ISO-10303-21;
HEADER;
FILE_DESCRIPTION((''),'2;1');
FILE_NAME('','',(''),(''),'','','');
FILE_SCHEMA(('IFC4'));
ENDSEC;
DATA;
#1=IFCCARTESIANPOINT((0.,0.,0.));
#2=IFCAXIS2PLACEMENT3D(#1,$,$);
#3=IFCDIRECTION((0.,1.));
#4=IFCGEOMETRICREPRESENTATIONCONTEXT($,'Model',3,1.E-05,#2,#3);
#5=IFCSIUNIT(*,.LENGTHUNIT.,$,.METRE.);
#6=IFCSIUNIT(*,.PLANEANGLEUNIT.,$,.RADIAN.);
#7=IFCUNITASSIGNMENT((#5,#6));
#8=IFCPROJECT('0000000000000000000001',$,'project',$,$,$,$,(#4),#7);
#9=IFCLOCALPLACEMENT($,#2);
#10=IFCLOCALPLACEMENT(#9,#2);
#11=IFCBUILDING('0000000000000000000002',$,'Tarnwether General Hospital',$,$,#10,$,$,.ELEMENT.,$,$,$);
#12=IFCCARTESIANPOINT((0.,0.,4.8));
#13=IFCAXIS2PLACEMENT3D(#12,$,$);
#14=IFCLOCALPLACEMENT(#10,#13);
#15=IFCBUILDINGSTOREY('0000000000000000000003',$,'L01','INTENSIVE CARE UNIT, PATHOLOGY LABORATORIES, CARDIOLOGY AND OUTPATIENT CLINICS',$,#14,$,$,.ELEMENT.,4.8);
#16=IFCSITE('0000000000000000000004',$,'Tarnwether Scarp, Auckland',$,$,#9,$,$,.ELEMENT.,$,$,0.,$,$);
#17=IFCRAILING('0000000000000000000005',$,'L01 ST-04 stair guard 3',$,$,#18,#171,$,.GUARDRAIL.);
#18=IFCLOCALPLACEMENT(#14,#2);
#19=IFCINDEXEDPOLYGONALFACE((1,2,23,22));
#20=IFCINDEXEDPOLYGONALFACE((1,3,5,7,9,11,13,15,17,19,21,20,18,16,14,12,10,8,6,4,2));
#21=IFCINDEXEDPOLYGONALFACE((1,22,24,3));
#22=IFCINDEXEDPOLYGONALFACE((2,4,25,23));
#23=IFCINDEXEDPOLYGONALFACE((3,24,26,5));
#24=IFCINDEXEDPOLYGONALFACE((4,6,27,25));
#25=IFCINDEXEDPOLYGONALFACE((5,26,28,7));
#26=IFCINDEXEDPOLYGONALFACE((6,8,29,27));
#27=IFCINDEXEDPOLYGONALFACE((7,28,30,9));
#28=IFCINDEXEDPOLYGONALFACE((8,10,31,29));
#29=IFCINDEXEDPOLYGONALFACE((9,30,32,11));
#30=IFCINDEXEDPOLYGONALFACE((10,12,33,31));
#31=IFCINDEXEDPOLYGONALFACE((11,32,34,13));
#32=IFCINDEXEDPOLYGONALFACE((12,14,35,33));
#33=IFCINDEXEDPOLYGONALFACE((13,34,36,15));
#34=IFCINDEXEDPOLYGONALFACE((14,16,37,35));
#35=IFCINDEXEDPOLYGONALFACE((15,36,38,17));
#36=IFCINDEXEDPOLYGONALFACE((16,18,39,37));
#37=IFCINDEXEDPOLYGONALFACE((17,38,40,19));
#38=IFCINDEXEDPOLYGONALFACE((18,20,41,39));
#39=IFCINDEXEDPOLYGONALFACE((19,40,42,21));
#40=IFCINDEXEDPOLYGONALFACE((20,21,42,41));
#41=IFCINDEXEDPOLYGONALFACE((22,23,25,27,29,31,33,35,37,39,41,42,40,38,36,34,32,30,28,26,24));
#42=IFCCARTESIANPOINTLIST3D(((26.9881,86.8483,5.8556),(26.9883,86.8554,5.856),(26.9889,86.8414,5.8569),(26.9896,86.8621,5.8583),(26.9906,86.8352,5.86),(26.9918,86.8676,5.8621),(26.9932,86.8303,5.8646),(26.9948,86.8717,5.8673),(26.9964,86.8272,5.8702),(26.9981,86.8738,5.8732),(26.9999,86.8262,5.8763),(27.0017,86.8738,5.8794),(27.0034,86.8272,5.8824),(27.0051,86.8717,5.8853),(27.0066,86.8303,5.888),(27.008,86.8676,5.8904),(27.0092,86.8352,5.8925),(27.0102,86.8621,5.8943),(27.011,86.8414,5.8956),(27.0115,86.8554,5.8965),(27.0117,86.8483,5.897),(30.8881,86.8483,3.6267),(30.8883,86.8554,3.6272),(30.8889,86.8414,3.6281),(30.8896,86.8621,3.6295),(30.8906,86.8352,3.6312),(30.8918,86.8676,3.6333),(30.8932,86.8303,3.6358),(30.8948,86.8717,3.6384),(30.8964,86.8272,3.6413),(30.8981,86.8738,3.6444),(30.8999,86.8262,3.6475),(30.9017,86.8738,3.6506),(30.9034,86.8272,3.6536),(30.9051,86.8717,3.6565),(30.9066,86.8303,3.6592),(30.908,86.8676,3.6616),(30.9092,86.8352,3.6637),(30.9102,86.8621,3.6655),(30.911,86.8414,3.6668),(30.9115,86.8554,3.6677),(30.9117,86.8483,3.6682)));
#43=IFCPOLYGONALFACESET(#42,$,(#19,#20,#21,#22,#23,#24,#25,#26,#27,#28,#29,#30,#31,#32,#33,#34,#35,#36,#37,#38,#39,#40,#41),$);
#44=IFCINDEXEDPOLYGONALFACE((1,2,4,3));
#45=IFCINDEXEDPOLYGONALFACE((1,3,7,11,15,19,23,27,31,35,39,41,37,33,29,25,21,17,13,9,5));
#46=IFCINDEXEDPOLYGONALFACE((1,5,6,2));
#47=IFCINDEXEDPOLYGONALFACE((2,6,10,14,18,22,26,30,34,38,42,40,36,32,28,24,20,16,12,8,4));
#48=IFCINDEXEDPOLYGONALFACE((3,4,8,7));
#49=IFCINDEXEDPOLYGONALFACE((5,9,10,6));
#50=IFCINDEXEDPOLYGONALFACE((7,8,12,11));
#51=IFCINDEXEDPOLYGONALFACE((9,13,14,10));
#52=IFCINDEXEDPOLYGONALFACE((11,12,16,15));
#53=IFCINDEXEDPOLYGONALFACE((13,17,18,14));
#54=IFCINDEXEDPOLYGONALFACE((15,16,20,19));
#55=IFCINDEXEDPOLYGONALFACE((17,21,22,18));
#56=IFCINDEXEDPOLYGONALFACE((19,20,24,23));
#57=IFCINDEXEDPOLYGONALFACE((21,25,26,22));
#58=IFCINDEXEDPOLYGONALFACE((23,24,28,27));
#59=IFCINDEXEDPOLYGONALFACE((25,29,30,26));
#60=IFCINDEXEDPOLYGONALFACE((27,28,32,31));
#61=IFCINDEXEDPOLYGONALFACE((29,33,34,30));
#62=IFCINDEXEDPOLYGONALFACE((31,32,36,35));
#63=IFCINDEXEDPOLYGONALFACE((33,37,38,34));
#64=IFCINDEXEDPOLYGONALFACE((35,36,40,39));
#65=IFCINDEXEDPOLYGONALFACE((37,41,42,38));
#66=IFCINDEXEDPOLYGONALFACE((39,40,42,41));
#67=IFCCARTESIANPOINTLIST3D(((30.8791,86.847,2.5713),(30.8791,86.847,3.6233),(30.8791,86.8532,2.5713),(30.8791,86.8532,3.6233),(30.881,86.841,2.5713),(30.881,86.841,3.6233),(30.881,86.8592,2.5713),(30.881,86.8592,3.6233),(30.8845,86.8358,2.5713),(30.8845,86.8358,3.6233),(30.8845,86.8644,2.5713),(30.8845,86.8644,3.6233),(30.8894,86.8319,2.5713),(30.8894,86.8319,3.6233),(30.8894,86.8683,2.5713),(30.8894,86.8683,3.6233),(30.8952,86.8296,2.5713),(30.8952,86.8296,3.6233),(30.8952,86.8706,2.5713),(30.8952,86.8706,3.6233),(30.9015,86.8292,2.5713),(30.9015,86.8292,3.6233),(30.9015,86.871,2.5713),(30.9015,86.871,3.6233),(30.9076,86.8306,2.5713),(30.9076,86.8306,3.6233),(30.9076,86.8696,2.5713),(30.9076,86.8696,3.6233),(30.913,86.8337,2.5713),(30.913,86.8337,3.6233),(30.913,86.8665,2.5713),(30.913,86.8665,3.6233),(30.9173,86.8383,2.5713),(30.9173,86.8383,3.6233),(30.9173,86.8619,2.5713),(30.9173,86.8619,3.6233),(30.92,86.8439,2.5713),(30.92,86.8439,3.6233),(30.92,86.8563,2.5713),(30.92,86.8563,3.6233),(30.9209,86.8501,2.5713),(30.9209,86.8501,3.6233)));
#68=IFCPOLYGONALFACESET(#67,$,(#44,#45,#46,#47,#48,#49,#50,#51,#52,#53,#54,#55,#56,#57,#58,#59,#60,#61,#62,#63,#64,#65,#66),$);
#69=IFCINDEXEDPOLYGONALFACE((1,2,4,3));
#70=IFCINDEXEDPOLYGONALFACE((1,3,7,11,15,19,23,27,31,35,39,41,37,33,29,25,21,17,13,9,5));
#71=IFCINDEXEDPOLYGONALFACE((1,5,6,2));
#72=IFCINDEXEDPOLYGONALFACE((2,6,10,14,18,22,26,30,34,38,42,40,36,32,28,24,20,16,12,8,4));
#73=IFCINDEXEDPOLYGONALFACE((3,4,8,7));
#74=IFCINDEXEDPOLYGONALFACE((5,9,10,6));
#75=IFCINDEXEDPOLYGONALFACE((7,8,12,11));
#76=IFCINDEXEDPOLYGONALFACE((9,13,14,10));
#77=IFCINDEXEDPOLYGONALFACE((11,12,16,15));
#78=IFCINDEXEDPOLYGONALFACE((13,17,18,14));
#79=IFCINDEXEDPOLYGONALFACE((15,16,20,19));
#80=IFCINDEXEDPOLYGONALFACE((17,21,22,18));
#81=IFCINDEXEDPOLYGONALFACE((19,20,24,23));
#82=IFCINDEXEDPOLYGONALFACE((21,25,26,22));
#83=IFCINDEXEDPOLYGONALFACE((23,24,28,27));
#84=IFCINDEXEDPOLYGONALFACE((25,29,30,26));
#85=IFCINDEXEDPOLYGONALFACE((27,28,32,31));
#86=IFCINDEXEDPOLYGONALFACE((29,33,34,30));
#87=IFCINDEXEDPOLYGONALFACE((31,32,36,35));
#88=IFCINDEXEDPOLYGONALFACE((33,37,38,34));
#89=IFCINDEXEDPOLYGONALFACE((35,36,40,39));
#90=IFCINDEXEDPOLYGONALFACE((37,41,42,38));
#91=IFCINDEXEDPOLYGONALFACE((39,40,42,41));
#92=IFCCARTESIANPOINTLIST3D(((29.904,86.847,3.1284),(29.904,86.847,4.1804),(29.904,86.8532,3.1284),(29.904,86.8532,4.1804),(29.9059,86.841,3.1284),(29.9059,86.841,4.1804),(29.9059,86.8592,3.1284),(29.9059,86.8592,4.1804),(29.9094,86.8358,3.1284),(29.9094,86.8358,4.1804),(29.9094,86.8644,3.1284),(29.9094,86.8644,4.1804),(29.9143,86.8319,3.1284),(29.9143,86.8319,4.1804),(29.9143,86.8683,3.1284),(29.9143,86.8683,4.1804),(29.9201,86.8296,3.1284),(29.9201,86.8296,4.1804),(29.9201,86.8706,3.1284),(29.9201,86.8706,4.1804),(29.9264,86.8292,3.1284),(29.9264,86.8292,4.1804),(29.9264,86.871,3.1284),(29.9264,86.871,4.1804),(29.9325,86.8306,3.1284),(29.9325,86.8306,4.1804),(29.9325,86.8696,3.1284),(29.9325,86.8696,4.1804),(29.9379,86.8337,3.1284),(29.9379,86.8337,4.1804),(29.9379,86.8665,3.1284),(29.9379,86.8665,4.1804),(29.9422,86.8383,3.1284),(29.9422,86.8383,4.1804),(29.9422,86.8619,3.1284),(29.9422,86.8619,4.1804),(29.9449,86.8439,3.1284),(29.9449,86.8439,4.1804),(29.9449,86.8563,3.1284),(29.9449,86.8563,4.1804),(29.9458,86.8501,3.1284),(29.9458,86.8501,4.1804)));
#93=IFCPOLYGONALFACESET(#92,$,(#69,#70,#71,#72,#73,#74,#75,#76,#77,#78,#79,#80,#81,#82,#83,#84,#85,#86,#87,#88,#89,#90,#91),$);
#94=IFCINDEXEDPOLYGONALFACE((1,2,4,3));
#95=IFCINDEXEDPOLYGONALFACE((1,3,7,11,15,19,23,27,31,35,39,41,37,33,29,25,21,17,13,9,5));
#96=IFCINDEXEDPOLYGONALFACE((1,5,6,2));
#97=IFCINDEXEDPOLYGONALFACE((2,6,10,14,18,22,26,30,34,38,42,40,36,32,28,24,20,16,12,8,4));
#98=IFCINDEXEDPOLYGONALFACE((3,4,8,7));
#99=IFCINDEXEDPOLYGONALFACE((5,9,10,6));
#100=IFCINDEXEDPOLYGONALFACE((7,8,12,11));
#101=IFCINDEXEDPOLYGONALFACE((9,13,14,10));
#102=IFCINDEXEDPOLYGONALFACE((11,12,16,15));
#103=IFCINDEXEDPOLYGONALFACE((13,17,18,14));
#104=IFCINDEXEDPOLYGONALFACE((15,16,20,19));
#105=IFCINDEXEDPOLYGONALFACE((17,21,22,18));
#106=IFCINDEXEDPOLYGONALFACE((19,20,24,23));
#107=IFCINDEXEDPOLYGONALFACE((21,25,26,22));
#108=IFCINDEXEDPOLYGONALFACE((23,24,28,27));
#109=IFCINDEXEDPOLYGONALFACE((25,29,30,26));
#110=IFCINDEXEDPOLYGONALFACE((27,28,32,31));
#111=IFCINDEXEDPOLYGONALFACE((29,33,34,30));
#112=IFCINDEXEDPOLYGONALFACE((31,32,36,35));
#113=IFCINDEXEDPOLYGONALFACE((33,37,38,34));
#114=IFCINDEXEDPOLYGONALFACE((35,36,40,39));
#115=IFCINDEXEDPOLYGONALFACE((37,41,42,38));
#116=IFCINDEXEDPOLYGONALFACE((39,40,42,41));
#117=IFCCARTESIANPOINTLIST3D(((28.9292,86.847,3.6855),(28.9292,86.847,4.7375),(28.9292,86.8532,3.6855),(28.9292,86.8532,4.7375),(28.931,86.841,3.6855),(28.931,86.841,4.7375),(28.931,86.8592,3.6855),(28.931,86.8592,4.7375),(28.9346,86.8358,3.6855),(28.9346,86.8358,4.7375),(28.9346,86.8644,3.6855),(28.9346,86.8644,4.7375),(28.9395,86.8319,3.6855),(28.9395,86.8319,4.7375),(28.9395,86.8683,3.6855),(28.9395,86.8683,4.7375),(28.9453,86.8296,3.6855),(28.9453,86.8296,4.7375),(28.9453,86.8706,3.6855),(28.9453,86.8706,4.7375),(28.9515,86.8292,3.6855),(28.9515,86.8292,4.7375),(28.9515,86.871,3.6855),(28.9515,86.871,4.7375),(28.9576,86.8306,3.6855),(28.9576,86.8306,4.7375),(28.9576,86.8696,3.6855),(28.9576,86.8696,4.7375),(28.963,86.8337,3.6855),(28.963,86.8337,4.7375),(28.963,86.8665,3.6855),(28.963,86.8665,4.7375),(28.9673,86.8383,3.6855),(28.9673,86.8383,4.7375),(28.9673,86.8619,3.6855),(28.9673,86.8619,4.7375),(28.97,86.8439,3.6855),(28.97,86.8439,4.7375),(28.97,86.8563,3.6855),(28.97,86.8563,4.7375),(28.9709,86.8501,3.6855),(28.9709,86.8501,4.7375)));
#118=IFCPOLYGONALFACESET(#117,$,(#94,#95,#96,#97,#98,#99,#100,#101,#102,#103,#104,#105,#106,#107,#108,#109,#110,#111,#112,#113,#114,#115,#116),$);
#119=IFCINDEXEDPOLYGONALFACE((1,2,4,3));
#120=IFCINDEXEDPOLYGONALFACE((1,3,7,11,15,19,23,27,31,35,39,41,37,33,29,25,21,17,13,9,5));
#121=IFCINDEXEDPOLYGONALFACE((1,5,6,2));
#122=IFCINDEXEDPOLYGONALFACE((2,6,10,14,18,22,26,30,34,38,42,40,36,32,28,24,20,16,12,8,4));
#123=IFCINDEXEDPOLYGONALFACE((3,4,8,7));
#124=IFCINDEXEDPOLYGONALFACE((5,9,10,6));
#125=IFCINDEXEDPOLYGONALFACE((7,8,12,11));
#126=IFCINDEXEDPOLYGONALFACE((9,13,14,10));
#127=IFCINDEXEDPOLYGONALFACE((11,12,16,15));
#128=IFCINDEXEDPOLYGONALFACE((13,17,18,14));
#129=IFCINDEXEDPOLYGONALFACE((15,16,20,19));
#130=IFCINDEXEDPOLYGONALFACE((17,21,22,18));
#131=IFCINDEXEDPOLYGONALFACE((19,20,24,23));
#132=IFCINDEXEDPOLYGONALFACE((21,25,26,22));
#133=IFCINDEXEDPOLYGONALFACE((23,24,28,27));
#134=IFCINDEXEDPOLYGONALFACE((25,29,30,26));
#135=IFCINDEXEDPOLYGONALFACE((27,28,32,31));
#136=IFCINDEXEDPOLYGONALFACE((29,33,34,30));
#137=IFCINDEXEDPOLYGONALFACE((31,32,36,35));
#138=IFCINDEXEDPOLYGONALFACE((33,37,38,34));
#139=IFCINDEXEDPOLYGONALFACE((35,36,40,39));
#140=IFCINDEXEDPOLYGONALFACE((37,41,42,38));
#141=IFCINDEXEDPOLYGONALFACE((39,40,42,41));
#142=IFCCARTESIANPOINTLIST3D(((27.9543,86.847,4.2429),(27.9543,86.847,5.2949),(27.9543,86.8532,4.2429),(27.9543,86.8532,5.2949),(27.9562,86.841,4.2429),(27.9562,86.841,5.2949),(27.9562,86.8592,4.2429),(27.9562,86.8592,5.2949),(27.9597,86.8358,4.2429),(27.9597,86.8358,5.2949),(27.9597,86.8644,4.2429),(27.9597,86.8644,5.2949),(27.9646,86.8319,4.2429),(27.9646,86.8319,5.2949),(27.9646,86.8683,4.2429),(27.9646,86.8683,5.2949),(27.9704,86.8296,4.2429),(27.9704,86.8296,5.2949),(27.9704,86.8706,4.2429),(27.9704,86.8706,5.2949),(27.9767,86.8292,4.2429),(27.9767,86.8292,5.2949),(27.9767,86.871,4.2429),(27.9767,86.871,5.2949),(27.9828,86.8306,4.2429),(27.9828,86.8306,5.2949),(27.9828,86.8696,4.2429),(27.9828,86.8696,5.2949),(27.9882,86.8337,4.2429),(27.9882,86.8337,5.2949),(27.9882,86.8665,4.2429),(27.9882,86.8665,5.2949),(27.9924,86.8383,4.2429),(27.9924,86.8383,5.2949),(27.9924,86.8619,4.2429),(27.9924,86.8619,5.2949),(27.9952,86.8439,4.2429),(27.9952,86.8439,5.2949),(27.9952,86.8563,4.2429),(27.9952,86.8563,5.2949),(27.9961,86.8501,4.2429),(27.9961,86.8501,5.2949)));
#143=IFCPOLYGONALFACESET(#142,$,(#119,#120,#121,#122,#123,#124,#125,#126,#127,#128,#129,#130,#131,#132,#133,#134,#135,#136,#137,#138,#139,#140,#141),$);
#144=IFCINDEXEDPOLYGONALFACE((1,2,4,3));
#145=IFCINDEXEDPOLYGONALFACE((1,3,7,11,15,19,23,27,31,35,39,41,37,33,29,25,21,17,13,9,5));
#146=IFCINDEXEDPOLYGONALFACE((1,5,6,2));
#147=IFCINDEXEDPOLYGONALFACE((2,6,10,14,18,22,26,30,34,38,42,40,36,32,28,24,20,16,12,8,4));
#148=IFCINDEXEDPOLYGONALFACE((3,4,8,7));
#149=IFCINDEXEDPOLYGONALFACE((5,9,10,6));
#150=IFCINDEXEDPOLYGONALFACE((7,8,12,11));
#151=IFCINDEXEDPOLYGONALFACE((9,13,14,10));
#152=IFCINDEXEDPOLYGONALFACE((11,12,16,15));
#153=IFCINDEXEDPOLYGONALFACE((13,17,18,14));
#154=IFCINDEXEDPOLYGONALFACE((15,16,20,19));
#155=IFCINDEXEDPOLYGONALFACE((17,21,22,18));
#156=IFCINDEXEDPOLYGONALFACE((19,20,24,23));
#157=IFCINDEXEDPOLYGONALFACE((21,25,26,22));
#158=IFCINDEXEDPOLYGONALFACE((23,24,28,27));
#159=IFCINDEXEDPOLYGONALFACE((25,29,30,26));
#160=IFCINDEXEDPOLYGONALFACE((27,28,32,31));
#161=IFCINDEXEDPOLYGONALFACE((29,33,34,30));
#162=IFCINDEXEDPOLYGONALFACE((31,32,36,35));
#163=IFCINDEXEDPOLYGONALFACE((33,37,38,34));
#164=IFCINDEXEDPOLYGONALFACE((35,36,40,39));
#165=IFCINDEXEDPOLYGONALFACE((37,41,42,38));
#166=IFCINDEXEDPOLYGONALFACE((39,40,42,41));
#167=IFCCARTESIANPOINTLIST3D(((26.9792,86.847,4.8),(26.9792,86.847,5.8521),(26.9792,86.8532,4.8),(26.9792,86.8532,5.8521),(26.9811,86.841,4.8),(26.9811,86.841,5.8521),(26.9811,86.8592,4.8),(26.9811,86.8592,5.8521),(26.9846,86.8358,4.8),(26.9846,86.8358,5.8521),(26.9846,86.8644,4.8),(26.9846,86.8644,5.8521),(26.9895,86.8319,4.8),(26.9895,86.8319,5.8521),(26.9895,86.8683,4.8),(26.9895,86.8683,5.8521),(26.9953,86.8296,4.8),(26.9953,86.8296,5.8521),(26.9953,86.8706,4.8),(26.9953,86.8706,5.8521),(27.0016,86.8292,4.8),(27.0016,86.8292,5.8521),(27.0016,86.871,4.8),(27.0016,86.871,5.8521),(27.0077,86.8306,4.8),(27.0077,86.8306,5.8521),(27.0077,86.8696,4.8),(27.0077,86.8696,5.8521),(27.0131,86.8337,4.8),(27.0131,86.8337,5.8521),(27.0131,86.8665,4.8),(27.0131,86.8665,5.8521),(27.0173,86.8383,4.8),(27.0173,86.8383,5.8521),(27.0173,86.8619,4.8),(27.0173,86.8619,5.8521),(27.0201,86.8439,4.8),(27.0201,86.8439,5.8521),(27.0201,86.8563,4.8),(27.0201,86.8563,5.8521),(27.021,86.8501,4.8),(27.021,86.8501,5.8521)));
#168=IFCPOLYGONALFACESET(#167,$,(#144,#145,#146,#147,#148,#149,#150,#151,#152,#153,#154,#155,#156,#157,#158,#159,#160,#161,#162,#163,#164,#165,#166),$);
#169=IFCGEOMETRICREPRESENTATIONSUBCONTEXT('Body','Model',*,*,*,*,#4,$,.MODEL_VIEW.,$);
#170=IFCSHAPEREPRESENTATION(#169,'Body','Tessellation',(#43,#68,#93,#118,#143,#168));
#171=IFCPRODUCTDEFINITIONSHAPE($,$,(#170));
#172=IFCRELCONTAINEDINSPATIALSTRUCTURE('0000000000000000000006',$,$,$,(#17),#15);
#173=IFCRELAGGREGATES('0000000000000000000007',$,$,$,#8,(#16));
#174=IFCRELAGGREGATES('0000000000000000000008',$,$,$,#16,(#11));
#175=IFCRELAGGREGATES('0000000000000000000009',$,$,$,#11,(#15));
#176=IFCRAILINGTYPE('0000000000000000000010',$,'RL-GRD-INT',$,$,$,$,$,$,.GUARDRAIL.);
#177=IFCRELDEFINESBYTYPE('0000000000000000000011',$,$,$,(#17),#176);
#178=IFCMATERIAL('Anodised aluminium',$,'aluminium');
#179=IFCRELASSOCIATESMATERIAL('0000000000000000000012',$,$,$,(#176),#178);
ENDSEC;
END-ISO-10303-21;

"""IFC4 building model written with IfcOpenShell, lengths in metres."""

from ifc_helpers import new_model, si_unit, direction, frame, origin, origin_2d, place, context, subcontext, project, spatial, circle, extrude, material, type_object, element, save


model = new_model("IFC4")

# Units and contexts
model_context = context("Model", 3, precision=1e-05, world=origin(), true_north=direction((0.0, 1.0)))
body_context = subcontext(model_context, "Body", "Model", "MODEL_VIEW")
ifc_project = project(units=[si_unit("LENGTHUNIT", "METRE"), si_unit("PLANEANGLEUNIT", "RADIAN")], contexts=[model_context])

# Site, building, storey
site_placement = place(None, origin())
site = spatial("IfcSite", under=ifc_project, at=site_placement, Name="Tarnwether Scarp, Auckland", CompositionType="ELEMENT", RefElevation=0.0)
building_placement = place(site_placement, origin())
building = spatial("IfcBuilding", under=site, at=building_placement, Name="Tarnwether General Hospital", CompositionType="ELEMENT")
storey_placement = place(building_placement, frame((0.0, 0.0, 4.8)))
storey = spatial("IfcBuildingStorey", under=building, at=storey_placement, Name="L01", Description="INTENSIVE CARE UNIT, PATHOLOGY LABORATORIES, CARDIOLOGY AND OUTPATIENT CLINICS", CompositionType="ELEMENT", Elevation=4.8)

# Railing
ifc_material_1 = material(Name="Anodised aluminium", Category="aluminium")
railing_type_1 = type_object("IfcRailingType", Name="RL-GRD-INT", PredefinedType="GUARDRAIL", material=ifc_material_1)
railing_1_placement = place(storey_placement, frame((30.8999, 86.8501, 2.5713)))
element("IfcRailing", 1, at=railing_1_placement, inside=storey, type_object=railing_type_1, Name="L01 ST-04 stair guard 3", PredefinedType="GUARDRAIL", context=body_context, shape_type="SweptSolid", body=[
    extrude(circle(Radius=0.0239, at=origin_2d()), frame((0.0, 0.0, 1.0762), z_axis=(-0.86822, 0.0, 0.49618), x_axis=(0.0, -1.0, 0.0)), (0.0, 0.0, 1.0), 4.4919),
    extrude(circle(Radius=0.021, at=origin_2d()), origin(), (0.0, 0.0, 1.0), 1.052),
    extrude(circle(Radius=0.021, at=origin_2d()), frame((-0.9751, 0.0, 0.5571)), (0.0, 0.0, 1.0), 1.052),
    extrude(circle(Radius=0.021, at=origin_2d()), frame((-1.95, 0.0, 1.1143)), (0.0, 0.0, 1.0), 1.052),
    extrude(circle(Radius=0.021, at=origin_2d()), frame((-2.9248, 0.0, 1.6716)), (0.0, 0.0, 1.0), 1.052),
    extrude(circle(Radius=0.021, at=origin_2d()), frame((-3.8999, 0.0, 2.2288)), (0.0, 0.0, 1.0), 1.052),
])

save(model, "model.ifc")
